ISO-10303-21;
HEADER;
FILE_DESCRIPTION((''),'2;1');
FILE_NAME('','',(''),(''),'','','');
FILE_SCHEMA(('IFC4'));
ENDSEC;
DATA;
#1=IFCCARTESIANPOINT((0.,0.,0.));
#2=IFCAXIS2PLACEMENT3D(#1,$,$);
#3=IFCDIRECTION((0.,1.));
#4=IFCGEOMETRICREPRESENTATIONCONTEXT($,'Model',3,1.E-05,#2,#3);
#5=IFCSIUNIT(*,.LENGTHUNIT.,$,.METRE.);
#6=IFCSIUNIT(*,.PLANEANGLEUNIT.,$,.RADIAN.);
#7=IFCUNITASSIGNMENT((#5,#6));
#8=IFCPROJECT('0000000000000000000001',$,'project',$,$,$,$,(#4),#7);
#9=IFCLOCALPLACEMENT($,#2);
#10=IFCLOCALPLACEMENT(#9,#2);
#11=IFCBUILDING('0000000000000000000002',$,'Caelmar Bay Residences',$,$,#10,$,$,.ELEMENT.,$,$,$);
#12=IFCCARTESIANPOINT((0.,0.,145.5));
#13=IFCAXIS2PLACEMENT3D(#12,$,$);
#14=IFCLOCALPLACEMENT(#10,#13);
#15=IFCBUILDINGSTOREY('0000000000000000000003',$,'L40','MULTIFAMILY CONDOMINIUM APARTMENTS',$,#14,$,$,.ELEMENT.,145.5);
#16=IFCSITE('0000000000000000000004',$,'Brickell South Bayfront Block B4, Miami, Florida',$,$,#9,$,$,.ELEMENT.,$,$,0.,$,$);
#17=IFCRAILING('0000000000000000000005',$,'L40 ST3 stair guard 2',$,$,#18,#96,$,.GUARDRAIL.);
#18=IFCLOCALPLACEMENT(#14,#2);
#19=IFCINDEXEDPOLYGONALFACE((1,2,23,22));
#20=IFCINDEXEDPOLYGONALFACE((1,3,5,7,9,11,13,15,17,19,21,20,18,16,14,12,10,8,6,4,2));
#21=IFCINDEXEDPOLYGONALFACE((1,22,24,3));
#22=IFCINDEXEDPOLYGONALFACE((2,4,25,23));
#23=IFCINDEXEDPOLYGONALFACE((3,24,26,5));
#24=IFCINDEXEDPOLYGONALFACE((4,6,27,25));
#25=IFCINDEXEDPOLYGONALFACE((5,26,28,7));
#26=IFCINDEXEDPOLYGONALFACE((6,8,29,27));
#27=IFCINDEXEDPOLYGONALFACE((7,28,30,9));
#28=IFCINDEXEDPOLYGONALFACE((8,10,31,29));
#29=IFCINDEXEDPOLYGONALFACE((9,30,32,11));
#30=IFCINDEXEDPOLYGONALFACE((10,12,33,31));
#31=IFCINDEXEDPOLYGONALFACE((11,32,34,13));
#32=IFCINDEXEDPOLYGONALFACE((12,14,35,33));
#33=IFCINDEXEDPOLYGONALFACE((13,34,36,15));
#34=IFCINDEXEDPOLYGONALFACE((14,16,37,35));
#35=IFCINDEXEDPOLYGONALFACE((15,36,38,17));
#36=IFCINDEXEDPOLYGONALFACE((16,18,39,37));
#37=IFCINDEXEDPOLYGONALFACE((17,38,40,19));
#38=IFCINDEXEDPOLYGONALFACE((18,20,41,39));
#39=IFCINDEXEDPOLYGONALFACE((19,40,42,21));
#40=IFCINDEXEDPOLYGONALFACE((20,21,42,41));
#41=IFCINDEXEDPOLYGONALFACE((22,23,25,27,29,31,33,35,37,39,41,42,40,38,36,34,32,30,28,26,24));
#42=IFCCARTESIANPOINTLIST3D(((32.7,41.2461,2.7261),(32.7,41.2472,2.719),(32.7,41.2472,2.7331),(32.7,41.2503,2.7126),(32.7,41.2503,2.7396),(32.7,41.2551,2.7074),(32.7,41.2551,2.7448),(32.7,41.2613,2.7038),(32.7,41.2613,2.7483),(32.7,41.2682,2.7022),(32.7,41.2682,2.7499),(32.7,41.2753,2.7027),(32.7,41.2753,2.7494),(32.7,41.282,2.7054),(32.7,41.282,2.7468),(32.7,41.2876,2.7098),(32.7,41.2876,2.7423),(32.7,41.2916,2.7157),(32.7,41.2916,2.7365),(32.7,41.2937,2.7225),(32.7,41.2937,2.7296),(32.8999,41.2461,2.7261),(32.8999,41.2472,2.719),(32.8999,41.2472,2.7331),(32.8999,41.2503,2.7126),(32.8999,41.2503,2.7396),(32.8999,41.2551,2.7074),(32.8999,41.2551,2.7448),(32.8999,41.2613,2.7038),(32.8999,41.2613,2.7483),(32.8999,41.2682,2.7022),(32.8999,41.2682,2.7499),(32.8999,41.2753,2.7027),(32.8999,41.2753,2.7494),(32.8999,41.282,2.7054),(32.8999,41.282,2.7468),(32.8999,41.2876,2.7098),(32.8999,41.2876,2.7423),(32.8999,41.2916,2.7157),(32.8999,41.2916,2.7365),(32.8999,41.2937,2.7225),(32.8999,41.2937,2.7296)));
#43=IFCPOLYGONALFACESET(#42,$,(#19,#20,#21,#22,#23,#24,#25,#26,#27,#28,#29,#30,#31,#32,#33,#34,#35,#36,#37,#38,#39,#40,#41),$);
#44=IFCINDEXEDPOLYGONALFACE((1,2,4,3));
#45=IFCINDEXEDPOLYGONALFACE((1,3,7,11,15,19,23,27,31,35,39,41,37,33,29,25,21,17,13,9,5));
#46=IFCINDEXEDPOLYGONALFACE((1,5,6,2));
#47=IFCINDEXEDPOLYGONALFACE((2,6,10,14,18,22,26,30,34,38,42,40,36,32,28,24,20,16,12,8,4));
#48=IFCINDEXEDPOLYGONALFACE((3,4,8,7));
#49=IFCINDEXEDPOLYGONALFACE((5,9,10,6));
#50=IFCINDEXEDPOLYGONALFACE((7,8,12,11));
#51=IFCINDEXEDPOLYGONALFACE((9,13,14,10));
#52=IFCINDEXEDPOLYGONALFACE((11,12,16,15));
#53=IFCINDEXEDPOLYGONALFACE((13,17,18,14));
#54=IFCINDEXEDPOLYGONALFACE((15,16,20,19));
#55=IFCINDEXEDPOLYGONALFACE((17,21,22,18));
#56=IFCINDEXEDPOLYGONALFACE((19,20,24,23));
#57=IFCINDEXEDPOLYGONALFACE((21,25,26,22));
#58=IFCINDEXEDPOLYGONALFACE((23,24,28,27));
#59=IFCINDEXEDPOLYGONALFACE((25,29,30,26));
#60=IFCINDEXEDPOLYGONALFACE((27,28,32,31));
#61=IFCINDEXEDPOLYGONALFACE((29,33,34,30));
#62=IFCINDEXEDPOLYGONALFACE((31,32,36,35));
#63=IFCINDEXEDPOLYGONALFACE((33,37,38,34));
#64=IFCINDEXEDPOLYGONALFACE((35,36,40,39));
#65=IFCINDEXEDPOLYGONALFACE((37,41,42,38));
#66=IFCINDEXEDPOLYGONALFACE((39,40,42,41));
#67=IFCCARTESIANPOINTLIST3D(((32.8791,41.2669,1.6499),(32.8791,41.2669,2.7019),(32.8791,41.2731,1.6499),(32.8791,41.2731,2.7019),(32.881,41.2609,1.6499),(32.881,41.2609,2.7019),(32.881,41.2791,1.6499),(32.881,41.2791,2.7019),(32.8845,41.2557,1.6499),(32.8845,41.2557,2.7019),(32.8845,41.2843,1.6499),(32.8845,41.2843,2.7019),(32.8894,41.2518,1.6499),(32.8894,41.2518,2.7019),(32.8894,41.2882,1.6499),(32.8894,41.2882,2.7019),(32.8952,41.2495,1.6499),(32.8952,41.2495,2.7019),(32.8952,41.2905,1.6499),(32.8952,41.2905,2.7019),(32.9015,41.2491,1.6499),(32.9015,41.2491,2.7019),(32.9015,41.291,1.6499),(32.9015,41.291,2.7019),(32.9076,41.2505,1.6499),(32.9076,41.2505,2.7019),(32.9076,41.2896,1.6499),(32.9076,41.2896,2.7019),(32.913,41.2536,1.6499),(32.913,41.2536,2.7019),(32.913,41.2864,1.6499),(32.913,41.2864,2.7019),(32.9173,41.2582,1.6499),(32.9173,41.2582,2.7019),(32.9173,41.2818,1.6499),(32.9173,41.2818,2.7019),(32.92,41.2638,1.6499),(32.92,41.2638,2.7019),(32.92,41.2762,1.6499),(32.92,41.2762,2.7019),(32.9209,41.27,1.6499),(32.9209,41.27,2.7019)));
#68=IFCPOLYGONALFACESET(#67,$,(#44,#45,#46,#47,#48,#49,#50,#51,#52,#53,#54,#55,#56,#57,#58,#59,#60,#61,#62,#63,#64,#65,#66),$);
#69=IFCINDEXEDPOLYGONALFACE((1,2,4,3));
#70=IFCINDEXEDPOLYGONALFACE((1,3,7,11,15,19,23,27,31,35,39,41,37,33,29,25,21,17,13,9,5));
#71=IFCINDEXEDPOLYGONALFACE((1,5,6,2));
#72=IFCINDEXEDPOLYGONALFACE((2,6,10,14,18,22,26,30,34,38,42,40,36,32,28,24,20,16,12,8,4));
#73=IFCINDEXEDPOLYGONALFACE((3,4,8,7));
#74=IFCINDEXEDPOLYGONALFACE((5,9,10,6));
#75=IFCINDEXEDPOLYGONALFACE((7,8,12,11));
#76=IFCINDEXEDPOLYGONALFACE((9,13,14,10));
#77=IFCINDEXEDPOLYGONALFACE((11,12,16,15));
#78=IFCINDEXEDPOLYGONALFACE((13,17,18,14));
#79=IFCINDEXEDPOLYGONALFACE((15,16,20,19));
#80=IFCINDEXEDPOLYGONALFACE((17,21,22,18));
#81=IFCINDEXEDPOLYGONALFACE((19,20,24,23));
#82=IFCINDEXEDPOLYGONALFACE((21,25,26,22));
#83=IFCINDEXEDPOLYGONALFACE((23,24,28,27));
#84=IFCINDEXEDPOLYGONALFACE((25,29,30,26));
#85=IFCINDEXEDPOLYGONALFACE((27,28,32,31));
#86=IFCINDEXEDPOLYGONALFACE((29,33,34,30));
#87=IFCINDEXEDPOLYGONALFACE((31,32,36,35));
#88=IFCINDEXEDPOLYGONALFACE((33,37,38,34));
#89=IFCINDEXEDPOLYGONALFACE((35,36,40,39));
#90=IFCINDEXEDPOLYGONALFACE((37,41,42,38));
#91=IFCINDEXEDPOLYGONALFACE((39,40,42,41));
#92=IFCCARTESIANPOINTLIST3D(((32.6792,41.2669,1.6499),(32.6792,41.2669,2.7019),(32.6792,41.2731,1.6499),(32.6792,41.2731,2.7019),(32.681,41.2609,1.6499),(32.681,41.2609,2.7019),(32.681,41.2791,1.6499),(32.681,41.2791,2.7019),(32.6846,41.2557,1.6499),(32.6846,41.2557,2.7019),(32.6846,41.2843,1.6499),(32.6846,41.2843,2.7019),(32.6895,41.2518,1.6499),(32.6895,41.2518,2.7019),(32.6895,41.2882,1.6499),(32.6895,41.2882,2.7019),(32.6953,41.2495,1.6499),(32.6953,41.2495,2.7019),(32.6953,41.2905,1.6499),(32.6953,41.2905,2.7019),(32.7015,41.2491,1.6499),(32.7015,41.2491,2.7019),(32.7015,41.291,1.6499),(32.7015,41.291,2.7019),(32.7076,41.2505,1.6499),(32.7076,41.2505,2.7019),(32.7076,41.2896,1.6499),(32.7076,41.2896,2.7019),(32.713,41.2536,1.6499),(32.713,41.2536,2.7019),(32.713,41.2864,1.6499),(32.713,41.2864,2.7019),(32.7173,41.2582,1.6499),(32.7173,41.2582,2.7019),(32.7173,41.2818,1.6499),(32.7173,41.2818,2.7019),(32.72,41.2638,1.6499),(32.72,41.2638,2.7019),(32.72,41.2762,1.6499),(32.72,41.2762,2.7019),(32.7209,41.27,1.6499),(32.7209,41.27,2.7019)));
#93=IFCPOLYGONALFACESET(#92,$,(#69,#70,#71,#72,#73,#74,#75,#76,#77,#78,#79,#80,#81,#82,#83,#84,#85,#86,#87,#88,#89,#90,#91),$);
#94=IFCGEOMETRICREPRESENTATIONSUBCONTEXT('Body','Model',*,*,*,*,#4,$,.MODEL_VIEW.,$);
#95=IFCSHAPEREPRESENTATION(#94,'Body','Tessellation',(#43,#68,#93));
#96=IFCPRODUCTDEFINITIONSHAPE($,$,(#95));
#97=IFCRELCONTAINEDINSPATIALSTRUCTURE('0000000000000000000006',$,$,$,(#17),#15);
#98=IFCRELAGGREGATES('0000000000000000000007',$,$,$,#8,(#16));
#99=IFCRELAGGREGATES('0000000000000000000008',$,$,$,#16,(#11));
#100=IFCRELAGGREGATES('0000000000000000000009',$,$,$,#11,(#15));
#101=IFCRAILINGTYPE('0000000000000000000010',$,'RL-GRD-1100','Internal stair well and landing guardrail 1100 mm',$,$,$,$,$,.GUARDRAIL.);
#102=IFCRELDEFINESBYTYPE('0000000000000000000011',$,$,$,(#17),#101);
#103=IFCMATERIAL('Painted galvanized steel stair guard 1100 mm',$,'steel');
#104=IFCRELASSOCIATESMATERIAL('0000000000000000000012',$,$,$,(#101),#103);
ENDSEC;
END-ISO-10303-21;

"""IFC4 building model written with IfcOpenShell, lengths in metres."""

from ifc_helpers import new_model, si_unit, direction, frame, origin, origin_2d, place, context, subcontext, project, spatial, circle, extrude, material, type_object, element, save


model = new_model("IFC4")

# Units and contexts
model_context = context("Model", 3, precision=1e-05, world=origin(), true_north=direction((0.0, 1.0)))
body_context = subcontext(model_context, "Body", "Model", "MODEL_VIEW")
ifc_project = project(units=[si_unit("LENGTHUNIT", "METRE"), si_unit("PLANEANGLEUNIT", "RADIAN")], contexts=[model_context])

# Site, building, storey
site_placement = place(None, origin())
site = spatial("IfcSite", under=ifc_project, at=site_placement, Name="Brickell South Bayfront Block B4, Miami, Florida", CompositionType="ELEMENT", RefElevation=0.0)
building_placement = place(site_placement, origin())
building = spatial("IfcBuilding", under=site, at=building_placement, Name="Caelmar Bay Residences", CompositionType="ELEMENT")
storey_placement = place(building_placement, frame((0.0, 0.0, 145.5)))
storey = spatial("IfcBuildingStorey", under=building, at=storey_placement, Name="L40", Description="MULTIFAMILY CONDOMINIUM APARTMENTS", CompositionType="ELEMENT", Elevation=145.5)

# Railing
ifc_material_1 = material(Name="Painted galvanized steel stair guard 1100 mm", Category="steel")
railing_type_1 = type_object("IfcRailingType", Name="RL-GRD-1100", Description="Internal stair well and landing guardrail 1100 mm", PredefinedType="GUARDRAIL", material=ifc_material_1)
railing_1_placement = place(storey_placement, frame((32.8999, 41.27, 1.6499)))
element("IfcRailing", 1, at=railing_1_placement, inside=storey, type_object=railing_type_1, Name="L40 ST3 stair guard 2", PredefinedType="GUARDRAIL", context=body_context, shape_type="SweptSolid", body=[
    extrude(circle(Radius=0.0239, at=origin_2d()), frame((0.0, 0.0, 1.0762), z_axis=(-1.0, 0.0, 0.0), x_axis=(0.0, -1.0, 0.0)), (0.0, 0.0, 1.0), 0.2),
    extrude(circle(Radius=0.021, at=origin_2d()), origin(), (0.0, 0.0, 1.0), 1.052),
    extrude(circle(Radius=0.021, at=origin_2d()), frame((-0.2, 0.0, 0.0)), (0.0, 0.0, 1.0), 1.052),
])

save(model, "model.ifc")
